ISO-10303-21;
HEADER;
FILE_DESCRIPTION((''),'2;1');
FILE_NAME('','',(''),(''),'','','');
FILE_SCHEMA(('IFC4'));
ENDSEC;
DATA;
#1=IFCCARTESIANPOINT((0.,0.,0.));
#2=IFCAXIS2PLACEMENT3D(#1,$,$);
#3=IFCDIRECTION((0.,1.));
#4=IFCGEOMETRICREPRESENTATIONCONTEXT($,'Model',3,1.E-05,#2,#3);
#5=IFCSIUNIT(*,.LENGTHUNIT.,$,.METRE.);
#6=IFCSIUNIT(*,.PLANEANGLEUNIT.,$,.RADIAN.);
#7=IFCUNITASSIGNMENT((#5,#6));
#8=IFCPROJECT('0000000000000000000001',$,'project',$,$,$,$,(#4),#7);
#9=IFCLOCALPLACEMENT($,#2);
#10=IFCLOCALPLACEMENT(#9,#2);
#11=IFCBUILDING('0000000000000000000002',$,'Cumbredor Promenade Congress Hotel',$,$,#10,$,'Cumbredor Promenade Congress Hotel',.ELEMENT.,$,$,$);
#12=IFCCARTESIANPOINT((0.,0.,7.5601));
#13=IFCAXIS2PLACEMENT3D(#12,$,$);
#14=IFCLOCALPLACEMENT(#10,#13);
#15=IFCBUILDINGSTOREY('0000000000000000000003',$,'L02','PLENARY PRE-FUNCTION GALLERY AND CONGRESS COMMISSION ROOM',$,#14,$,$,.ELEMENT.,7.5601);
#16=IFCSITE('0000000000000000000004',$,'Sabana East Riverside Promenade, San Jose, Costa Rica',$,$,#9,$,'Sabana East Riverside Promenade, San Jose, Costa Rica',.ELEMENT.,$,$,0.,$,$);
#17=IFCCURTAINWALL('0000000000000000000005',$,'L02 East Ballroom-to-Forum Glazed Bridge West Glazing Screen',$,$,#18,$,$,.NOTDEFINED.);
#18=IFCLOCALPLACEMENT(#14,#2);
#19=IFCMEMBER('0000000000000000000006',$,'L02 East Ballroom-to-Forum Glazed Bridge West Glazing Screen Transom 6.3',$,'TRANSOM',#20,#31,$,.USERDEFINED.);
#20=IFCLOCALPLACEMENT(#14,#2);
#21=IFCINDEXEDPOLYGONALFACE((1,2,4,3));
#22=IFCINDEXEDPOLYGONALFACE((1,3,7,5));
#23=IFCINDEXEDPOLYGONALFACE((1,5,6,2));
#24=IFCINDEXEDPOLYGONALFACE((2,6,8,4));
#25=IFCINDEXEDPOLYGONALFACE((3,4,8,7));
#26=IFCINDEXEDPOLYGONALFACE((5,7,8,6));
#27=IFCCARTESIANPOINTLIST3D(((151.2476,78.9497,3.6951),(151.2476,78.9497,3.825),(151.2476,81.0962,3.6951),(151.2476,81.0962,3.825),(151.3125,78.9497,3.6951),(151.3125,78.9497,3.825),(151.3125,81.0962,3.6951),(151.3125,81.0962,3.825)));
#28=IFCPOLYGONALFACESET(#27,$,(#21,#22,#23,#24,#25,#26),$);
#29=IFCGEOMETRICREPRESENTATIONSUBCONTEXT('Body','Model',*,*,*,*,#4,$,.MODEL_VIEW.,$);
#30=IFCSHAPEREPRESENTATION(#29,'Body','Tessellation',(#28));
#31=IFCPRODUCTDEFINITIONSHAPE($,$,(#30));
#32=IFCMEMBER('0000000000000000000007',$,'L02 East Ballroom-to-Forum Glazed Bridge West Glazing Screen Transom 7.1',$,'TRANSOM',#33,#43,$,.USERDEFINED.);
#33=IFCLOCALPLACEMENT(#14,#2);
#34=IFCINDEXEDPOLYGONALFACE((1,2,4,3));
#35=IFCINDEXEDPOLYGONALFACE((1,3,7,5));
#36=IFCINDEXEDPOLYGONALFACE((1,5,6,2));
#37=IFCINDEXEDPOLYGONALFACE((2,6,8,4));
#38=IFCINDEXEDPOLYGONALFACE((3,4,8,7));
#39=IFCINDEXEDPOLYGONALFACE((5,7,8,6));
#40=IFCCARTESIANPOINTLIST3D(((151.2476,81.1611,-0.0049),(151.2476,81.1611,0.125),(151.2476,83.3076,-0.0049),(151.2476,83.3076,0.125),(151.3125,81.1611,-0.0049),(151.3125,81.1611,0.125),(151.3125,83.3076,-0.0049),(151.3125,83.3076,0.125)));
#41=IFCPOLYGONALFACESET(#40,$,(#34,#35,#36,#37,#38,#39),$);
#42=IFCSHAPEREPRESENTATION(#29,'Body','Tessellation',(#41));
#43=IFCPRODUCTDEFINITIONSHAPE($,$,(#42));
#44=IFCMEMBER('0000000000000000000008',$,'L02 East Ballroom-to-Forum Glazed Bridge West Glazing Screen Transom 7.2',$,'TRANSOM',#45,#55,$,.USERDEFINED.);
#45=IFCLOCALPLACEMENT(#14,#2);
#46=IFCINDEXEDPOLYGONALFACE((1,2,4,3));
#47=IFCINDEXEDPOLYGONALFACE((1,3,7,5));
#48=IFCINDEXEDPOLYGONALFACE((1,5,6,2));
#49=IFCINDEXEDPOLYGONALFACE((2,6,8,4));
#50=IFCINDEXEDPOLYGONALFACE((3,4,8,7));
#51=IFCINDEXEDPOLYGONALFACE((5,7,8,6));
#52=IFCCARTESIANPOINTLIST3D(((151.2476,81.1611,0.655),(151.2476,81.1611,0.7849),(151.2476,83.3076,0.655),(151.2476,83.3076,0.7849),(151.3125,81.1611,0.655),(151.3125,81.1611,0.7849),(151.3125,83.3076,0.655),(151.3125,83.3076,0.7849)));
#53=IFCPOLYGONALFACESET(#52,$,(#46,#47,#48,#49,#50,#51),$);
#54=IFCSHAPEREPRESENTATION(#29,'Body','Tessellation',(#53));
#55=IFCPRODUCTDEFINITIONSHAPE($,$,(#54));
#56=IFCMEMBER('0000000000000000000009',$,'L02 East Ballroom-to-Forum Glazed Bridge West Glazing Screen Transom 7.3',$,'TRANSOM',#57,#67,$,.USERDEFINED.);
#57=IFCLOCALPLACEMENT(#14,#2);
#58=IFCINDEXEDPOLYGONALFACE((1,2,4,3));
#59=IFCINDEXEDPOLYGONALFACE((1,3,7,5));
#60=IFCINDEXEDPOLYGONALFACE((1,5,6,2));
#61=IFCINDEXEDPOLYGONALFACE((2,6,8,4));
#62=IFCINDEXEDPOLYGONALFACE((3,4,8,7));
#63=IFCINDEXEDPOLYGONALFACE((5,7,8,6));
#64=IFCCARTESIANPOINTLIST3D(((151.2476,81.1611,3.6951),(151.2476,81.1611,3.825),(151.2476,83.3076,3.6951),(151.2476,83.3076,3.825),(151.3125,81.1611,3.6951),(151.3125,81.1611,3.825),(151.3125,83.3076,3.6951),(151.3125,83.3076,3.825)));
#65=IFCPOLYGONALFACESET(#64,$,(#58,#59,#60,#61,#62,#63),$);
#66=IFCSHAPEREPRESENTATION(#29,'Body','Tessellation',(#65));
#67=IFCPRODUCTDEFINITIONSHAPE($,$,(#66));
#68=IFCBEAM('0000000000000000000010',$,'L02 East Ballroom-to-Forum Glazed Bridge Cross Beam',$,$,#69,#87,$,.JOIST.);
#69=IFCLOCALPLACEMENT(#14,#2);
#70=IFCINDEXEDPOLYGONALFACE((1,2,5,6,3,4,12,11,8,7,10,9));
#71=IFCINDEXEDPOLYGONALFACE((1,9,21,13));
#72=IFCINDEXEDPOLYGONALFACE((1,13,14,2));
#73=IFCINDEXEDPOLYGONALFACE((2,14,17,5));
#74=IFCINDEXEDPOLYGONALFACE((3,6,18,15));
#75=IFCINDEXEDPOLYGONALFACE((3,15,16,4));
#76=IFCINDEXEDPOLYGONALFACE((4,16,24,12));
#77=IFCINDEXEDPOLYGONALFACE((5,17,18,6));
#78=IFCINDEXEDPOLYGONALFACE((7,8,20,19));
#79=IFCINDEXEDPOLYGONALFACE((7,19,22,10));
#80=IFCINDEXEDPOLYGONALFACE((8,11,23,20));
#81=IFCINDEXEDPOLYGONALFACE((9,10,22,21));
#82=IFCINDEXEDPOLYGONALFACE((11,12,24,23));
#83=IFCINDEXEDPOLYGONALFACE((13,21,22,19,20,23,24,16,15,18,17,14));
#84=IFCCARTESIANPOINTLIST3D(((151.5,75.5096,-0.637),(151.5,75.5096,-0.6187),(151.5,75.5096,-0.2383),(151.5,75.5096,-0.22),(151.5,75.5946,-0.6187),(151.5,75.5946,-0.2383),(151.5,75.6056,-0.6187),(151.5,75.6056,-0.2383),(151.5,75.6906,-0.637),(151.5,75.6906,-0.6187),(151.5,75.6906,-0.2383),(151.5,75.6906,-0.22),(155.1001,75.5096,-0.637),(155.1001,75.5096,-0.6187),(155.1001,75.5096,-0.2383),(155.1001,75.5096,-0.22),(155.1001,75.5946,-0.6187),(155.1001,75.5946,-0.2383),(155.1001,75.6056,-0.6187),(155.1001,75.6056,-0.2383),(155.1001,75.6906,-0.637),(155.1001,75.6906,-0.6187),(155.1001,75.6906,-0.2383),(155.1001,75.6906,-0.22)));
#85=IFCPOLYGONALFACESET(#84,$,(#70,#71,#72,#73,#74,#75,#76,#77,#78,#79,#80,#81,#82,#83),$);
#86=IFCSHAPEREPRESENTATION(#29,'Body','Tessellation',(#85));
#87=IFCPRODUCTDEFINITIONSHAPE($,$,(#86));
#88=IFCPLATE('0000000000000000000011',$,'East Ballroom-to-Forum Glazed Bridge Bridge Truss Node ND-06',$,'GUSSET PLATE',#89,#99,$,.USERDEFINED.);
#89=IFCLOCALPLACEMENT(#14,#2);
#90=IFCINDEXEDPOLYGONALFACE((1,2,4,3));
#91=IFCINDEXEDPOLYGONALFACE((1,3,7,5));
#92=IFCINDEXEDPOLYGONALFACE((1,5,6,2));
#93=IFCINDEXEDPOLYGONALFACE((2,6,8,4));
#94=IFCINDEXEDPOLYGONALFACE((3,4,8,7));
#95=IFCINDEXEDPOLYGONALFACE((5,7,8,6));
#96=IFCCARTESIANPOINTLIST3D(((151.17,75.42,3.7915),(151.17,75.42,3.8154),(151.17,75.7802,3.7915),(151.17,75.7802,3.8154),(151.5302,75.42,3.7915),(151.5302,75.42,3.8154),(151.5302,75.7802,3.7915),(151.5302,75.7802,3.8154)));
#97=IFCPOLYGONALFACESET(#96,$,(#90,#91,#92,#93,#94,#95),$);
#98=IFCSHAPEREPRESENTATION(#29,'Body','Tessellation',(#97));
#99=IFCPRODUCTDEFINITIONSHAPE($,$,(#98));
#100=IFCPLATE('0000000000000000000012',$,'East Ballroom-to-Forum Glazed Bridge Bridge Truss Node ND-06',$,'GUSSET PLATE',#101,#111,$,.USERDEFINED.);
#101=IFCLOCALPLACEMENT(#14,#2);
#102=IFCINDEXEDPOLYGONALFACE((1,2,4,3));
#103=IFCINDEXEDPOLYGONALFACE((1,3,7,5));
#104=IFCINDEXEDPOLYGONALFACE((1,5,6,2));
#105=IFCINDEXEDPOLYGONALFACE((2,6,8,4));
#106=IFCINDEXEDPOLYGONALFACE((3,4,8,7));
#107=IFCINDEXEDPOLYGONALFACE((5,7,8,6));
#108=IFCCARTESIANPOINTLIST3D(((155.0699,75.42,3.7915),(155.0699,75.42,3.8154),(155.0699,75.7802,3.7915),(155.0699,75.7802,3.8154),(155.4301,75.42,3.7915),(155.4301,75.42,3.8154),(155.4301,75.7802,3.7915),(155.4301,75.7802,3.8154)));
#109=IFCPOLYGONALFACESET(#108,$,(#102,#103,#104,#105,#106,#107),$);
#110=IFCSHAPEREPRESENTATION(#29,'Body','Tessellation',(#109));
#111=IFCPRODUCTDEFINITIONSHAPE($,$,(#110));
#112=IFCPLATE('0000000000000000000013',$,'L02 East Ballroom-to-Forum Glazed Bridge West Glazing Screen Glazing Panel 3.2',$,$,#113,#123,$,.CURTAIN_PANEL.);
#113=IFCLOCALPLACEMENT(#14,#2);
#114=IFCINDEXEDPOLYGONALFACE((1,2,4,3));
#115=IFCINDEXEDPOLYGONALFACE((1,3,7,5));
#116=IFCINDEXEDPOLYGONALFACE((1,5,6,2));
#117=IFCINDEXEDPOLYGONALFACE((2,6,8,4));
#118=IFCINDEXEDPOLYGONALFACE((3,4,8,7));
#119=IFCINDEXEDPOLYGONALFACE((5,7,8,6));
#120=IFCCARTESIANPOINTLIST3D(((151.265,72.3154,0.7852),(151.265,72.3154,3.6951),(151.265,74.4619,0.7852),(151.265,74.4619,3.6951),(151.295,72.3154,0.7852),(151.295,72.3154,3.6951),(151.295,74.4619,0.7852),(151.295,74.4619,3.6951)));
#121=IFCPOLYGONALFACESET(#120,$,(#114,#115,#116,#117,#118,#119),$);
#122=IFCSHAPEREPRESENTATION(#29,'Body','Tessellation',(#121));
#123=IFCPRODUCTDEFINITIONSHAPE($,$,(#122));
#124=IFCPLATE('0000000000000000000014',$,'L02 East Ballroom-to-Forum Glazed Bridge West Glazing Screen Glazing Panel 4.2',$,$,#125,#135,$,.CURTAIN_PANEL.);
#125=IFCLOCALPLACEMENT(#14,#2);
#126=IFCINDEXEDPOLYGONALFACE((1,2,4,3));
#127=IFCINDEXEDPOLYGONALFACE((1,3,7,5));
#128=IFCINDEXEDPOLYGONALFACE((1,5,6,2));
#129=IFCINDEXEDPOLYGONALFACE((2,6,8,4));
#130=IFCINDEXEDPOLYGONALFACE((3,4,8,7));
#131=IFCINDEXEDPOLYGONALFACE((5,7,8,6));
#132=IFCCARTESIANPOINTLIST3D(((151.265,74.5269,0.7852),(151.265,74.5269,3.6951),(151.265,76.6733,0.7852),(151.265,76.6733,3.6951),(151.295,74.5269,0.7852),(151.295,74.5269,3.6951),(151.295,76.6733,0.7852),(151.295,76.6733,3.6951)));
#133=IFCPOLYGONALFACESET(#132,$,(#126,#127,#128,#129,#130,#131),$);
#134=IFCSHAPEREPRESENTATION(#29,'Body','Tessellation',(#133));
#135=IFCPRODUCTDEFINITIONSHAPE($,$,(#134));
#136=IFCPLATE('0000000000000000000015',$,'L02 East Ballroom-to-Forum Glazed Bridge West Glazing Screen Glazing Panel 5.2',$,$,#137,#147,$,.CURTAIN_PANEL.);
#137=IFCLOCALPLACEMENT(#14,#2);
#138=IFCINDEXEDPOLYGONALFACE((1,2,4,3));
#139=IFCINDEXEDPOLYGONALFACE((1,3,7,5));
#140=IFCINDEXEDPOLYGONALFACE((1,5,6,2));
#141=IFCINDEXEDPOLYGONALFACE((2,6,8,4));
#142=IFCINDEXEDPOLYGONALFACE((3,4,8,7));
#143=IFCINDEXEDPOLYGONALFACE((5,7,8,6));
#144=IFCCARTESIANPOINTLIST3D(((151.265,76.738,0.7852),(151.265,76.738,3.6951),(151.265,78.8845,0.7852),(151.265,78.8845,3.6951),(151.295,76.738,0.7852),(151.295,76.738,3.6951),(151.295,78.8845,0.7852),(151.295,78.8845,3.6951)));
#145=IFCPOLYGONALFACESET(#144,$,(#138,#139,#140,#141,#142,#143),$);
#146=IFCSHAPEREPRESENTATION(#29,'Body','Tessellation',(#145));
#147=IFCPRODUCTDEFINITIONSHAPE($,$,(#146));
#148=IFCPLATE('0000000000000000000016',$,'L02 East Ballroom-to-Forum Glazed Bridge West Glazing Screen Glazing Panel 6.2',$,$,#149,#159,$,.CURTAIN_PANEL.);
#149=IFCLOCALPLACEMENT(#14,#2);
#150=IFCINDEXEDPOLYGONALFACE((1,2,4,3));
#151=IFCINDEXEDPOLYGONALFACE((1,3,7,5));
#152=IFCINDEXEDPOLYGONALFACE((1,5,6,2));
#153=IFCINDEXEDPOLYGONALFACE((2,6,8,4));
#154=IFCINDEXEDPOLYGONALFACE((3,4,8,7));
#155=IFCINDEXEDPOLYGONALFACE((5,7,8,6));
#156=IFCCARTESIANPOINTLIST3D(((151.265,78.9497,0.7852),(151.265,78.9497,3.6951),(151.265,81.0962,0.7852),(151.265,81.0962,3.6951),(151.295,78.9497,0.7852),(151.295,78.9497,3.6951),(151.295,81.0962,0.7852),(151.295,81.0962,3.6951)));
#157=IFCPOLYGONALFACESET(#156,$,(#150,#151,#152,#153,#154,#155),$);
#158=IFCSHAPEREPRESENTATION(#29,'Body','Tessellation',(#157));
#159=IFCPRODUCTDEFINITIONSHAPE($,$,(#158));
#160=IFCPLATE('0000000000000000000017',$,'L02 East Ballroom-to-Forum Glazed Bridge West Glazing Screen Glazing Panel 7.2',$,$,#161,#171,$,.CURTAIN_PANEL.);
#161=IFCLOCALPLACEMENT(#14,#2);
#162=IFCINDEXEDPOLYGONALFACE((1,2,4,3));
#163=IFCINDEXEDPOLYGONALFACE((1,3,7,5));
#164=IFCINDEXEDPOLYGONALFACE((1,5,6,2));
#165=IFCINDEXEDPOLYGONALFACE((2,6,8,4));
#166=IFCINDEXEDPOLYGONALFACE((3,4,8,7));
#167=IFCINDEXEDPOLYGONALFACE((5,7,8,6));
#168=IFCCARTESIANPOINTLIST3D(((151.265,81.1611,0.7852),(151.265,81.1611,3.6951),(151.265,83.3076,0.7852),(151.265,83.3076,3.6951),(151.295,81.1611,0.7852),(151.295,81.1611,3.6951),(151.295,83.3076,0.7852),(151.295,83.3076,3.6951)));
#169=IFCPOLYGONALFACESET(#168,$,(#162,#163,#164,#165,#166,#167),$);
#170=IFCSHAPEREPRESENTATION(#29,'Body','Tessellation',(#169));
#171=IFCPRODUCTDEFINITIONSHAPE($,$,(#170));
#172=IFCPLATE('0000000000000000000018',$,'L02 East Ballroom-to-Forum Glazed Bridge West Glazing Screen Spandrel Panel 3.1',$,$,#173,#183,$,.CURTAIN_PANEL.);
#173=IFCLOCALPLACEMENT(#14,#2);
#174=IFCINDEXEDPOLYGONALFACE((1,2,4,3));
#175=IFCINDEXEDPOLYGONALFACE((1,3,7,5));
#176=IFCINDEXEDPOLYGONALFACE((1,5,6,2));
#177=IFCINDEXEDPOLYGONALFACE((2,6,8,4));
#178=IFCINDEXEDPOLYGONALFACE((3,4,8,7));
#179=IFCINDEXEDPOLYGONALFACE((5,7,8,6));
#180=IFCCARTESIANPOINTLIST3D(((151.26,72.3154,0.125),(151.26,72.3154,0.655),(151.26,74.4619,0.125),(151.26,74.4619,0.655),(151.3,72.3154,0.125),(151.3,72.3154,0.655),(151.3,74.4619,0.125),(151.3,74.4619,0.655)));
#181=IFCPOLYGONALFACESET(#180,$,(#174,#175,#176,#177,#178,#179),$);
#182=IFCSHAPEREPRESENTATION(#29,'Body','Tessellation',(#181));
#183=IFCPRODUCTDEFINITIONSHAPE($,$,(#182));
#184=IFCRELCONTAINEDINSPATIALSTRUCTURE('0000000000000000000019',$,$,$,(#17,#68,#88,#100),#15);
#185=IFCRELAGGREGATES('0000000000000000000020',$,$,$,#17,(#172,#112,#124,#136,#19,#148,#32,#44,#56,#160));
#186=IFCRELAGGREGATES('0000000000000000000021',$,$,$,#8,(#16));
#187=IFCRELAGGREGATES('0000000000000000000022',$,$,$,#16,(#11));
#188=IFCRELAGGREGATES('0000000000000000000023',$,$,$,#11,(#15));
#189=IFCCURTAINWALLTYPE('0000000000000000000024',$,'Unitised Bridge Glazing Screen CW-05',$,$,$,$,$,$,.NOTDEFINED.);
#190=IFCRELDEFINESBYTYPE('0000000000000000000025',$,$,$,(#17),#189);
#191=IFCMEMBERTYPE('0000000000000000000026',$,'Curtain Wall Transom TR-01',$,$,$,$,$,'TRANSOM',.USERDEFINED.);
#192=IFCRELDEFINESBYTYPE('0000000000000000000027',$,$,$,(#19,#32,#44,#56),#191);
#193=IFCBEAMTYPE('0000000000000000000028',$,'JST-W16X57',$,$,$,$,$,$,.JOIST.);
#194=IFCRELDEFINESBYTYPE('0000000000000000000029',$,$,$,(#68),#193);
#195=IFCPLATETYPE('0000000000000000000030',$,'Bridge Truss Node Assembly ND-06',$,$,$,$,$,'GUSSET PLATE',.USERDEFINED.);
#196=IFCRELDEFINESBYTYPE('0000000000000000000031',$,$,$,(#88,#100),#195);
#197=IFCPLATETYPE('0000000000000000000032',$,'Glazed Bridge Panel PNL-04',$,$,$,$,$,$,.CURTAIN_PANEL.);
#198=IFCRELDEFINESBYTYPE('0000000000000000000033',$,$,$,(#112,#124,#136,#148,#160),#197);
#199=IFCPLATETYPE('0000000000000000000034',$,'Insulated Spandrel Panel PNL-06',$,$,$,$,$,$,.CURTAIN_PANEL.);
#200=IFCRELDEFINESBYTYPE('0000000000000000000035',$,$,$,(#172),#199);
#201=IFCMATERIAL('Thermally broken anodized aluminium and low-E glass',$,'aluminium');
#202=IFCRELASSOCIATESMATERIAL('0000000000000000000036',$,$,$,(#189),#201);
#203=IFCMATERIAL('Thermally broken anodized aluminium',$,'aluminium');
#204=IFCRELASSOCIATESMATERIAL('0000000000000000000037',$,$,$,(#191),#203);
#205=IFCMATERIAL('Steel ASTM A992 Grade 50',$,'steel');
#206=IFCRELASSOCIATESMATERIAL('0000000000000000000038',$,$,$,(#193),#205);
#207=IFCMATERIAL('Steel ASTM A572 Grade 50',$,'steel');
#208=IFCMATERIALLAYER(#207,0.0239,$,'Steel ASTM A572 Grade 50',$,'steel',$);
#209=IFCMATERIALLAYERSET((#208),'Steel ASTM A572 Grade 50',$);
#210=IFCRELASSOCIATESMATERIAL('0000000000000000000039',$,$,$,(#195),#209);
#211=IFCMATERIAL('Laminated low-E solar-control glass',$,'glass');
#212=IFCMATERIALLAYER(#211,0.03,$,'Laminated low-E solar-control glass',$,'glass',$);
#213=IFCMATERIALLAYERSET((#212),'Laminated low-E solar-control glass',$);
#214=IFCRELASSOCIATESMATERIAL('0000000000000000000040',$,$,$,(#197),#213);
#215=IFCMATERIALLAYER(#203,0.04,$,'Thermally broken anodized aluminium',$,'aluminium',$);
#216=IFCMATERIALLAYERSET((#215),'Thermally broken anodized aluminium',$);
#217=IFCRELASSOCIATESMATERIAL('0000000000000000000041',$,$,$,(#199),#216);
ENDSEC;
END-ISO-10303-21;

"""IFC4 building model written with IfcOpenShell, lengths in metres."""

from ifc_helpers import new_model, si_unit, direction, frame, origin, origin_2d, place, context, subcontext, project, spatial, rectangle, i_section, extrude, material, layer, layer_set, material_profile, profile_set, type_object, element, aggregate, save


model = new_model("IFC4")

# Units and contexts
model_context = context("Model", 3, precision=1e-05, world=origin(), true_north=direction((0.0, 1.0)))
body_context = subcontext(model_context, "Body", "Model", "MODEL_VIEW")
ifc_project = project(units=[si_unit("LENGTHUNIT", "METRE"), si_unit("PLANEANGLEUNIT", "RADIAN")], contexts=[model_context])

# Site, building, storey
site_placement = place(None, origin())
site = spatial("IfcSite", under=ifc_project, at=site_placement, Name="Sabana East Riverside Promenade, San Jose, Costa Rica", LongName="Sabana East Riverside Promenade, San Jose, Costa Rica", CompositionType="ELEMENT", RefElevation=0.0)
building_placement = place(site_placement, origin())
building = spatial("IfcBuilding", under=site, at=building_placement, Name="Cumbredor Promenade Congress Hotel", LongName="Cumbredor Promenade Congress Hotel", CompositionType="ELEMENT")
storey_placement = place(building_placement, frame((0.0, 0.0, 7.5601)))
storey = spatial("IfcBuildingStorey", under=building, at=storey_placement, Name="L02", Description="PLENARY PRE-FUNCTION GALLERY AND CONGRESS COMMISSION ROOM", CompositionType="ELEMENT", Elevation=7.5601)

# Curtain wall, members
ifc_material_1 = material(Name="Thermally broken anodized aluminium and low-E glass", Category="aluminium")
curtain_wall_type = type_object("IfcCurtainWallType", Name="Unitised Bridge Glazing Screen CW-05", PredefinedType="NOTDEFINED", material=ifc_material_1)
curtain_wall_placement = place(storey_placement, origin())
curtain_wall = element("IfcCurtainWall", 1, at=curtain_wall_placement, inside=storey, type_object=curtain_wall_type, Name="L02 East Ballroom-to-Forum Glazed Bridge West Glazing Screen", PredefinedType="NOTDEFINED")
ifc_material_2 = material(Name="Thermally broken anodized aluminium", Category="aluminium")
ifc_material_profile_1 = material_profile(ifc_material_2, rectangle(XDim=0.0649, YDim=0.1299, at=origin_2d()), Name="ALU TRANSOM 65x130")
ifc_profile_set_1 = profile_set([ifc_material_profile_1], Name="Thermally broken anodized aluminium")
member_type_1 = type_object("IfcMemberType", Name="Curtain Wall Transom TR-01", ElementType="TRANSOM", PredefinedType="USERDEFINED", material=ifc_profile_set_1)
member_1_placement = place(storey_placement, frame((151.28, 78.9497, 3.76), z_axis=(0.0, 1.0, 0.0), x_axis=(-1.0, 0.0, 0.0)))
member_1 = element("IfcMember", 2, at=member_1_placement, type_object=member_type_1, Name="L02 East Ballroom-to-Forum Glazed Bridge West Glazing Screen Transom 6.3", ObjectType="TRANSOM", PredefinedType="USERDEFINED", context=body_context, shape_type="SweptSolid", body=[
    extrude(rectangle(XDim=0.0649, YDim=0.1299, at=origin_2d()), origin(), (0.0, 0.0, 1.0), 2.1465),
])
member_2_placement = place(storey_placement, frame((151.28, 81.1611, 0.0601), z_axis=(0.0, 1.0, 0.0), x_axis=(-1.0, 0.0, 0.0)))
member_2 = element("IfcMember", 3, at=member_2_placement, type_object=member_type_1, Name="L02 East Ballroom-to-Forum Glazed Bridge West Glazing Screen Transom 7.1", ObjectType="TRANSOM", PredefinedType="USERDEFINED", context=body_context, shape_type="SweptSolid", body=[
    extrude(rectangle(XDim=0.0649, YDim=0.1299, at=origin_2d()), origin(), (0.0, 0.0, 1.0), 2.1465),
])
member_3_placement = place(storey_placement, frame((151.28, 81.1611, 0.72), z_axis=(0.0, 1.0, 0.0), x_axis=(-1.0, 0.0, 0.0)))
member_3 = element("IfcMember", 4, at=member_3_placement, type_object=member_type_1, Name="L02 East Ballroom-to-Forum Glazed Bridge West Glazing Screen Transom 7.2", ObjectType="TRANSOM", PredefinedType="USERDEFINED", context=body_context, shape_type="SweptSolid", body=[
    extrude(rectangle(XDim=0.0649, YDim=0.1299, at=origin_2d()), origin(), (0.0, 0.0, 1.0), 2.1465),
])
member_4_placement = place(storey_placement, frame((151.28, 81.1611, 3.76), z_axis=(0.0, 1.0, 0.0), x_axis=(-1.0, 0.0, 0.0)))
member_4 = element("IfcMember", 5, at=member_4_placement, type_object=member_type_1, Name="L02 East Ballroom-to-Forum Glazed Bridge West Glazing Screen Transom 7.3", ObjectType="TRANSOM", PredefinedType="USERDEFINED", context=body_context, shape_type="SweptSolid", body=[
    extrude(rectangle(XDim=0.0649, YDim=0.1299, at=origin_2d()), origin(), (0.0, 0.0, 1.0), 2.1465),
])

# Beam
ifc_material_3 = material(Name="Steel ASTM A992 Grade 50", Category="steel")
ifc_material_profile_2 = material_profile(ifc_material_3, i_section(OverallWidth=0.1809, OverallDepth=0.417, WebThickness=0.011, FlangeThickness=0.0183, at=origin_2d()), Name="W16X57")
ifc_profile_set_2 = profile_set([ifc_material_profile_2], Name="Steel ASTM A992 Grade 50")
beam_type = type_object("IfcBeamType", Name="JST-W16X57", PredefinedType="JOIST", material=ifc_profile_set_2)
beam_placement = place(storey_placement, frame((151.5, 75.6001, -0.4285), z_axis=(1.0, 0.0, 0.0), x_axis=(0.0, 1.0, 0.0)))
element("IfcBeam", 6, at=beam_placement, inside=storey, type_object=beam_type, Name="L02 East Ballroom-to-Forum Glazed Bridge Cross Beam", PredefinedType="JOIST", context=body_context, shape_type="SweptSolid", body=[
    extrude(i_section(OverallWidth=0.1809, OverallDepth=0.417, WebThickness=0.011, FlangeThickness=0.0183, at=origin_2d()), origin(), (0.0, 0.0, 1.0), 3.6001),
])

# Plates
ifc_material_4 = material(Name="Steel ASTM A572 Grade 50", Category="steel")
ifc_layer_1 = layer(ifc_material_4, 0.0239, Name="Steel ASTM A572 Grade 50", Category="steel")
ifc_layer_set_1 = layer_set([ifc_layer_1], Name="Steel ASTM A572 Grade 50")
plate_type_1 = type_object("IfcPlateType", Name="Bridge Truss Node Assembly ND-06", ElementType="GUSSET PLATE", PredefinedType="USERDEFINED", material=ifc_layer_set_1)
for number, where, z_axis, x_axis, name in (
    (7, (151.3501, 75.6001, 3.7915), (0.0, 0.0, 1.0), (1.0, 0.0, 0.0), "East Ballroom-to-Forum Glazed Bridge Bridge Truss Node ND-06"),
    (8, (155.25, 75.6001, 3.7915), (0.0, 0.0, 1.0), (1.0, 0.0, 0.0), "East Ballroom-to-Forum Glazed Bridge Bridge Truss Node ND-06"),
):
    element("IfcPlate", number, at=place(storey_placement, frame(where, z_axis=z_axis, x_axis=x_axis)), inside=storey, type_object=plate_type_1, Name=name, ObjectType="GUSSET PLATE", PredefinedType="USERDEFINED", context=body_context, shape_type="SweptSolid", body=[
        extrude(rectangle(XDim=0.3601, YDim=0.3601, at=origin_2d()), origin(), (0.0, 0.0, 1.0), 0.0239),
    ])

# Plates
ifc_material_5 = material(Name="Laminated low-E solar-control glass", Category="glass")
ifc_layer_2 = layer(ifc_material_5, 0.03, Name="Laminated low-E solar-control glass", Category="glass")
ifc_layer_set_2 = layer_set([ifc_layer_2], Name="Laminated low-E solar-control glass")
plate_type_2 = type_object("IfcPlateType", Name="Glazed Bridge Panel PNL-04", PredefinedType="CURTAIN_PANEL", material=ifc_layer_set_2)
plate_1_placement = place(storey_placement, frame((151.28, 73.3887, 0.7852), z_axis=(0.0, 0.0, 1.0), x_axis=(0.0, 1.0, 0.0)))
plate_1 = element("IfcPlate", 9, at=plate_1_placement, type_object=plate_type_2, Name="L02 East Ballroom-to-Forum Glazed Bridge West Glazing Screen Glazing Panel 3.2", PredefinedType="CURTAIN_PANEL", context=body_context, shape_type="SweptSolid", body=[
    extrude(rectangle(XDim=2.1465, YDim=0.03, at=origin_2d()), origin(), (0.0, 0.0, 1.0), 2.9099),
])
plate_2_placement = place(storey_placement, frame((151.28, 75.6001, 0.7852), z_axis=(0.0, 0.0, 1.0), x_axis=(0.0, 1.0, 0.0)))
plate_2 = element("IfcPlate", 10, at=plate_2_placement, type_object=plate_type_2, Name="L02 East Ballroom-to-Forum Glazed Bridge West Glazing Screen Glazing Panel 4.2", PredefinedType="CURTAIN_PANEL", context=body_context, shape_type="SweptSolid", body=[
    extrude(rectangle(XDim=2.1465, YDim=0.03, at=origin_2d()), origin(), (0.0, 0.0, 1.0), 2.9099),
])
plate_3_placement = place(storey_placement, frame((151.28, 77.8113, 0.7852), z_axis=(0.0, 0.0, 1.0), x_axis=(0.0, 1.0, 0.0)))
plate_3 = element("IfcPlate", 11, at=plate_3_placement, type_object=plate_type_2, Name="L02 East Ballroom-to-Forum Glazed Bridge West Glazing Screen Glazing Panel 5.2", PredefinedType="CURTAIN_PANEL", context=body_context, shape_type="SweptSolid", body=[
    extrude(rectangle(XDim=2.1465, YDim=0.03, at=origin_2d()), origin(), (0.0, 0.0, 1.0), 2.9099),
])
plate_4_placement = place(storey_placement, frame((151.28, 80.0229, 0.7852), z_axis=(0.0, 0.0, 1.0), x_axis=(0.0, 1.0, 0.0)))
plate_4 = element("IfcPlate", 12, at=plate_4_placement, type_object=plate_type_2, Name="L02 East Ballroom-to-Forum Glazed Bridge West Glazing Screen Glazing Panel 6.2", PredefinedType="CURTAIN_PANEL", context=body_context, shape_type="SweptSolid", body=[
    extrude(rectangle(XDim=2.1465, YDim=0.03, at=origin_2d()), origin(), (0.0, 0.0, 1.0), 2.9099),
])
plate_5_placement = place(storey_placement, frame((151.28, 82.2344, 0.7852), z_axis=(0.0, 0.0, 1.0), x_axis=(0.0, 1.0, 0.0)))
plate_5 = element("IfcPlate", 13, at=plate_5_placement, type_object=plate_type_2, Name="L02 East Ballroom-to-Forum Glazed Bridge West Glazing Screen Glazing Panel 7.2", PredefinedType="CURTAIN_PANEL", context=body_context, shape_type="SweptSolid", body=[
    extrude(rectangle(XDim=2.1465, YDim=0.03, at=origin_2d()), origin(), (0.0, 0.0, 1.0), 2.9099),
])
ifc_layer_3 = layer(ifc_material_2, 0.04, Name="Thermally broken anodized aluminium", Category="aluminium")
ifc_layer_set_3 = layer_set([ifc_layer_3], Name="Thermally broken anodized aluminium")
plate_type_3 = type_object("IfcPlateType", Name="Insulated Spandrel Panel PNL-06", PredefinedType="CURTAIN_PANEL", material=ifc_layer_set_3)
plate_6_placement = place(storey_placement, frame((151.28, 73.3887, 0.125), z_axis=(0.0, 0.0, 1.0), x_axis=(0.0, 1.0, 0.0)))
plate_6 = element("IfcPlate", 14, at=plate_6_placement, type_object=plate_type_3, Name="L02 East Ballroom-to-Forum Glazed Bridge West Glazing Screen Spandrel Panel 3.1", PredefinedType="CURTAIN_PANEL", context=body_context, shape_type="SweptSolid", body=[
    extrude(rectangle(XDim=2.1465, YDim=0.04, at=origin_2d()), origin(), (0.0, 0.0, 1.0), 0.53),
])
aggregate(curtain_wall, [plate_6, plate_1, plate_2, plate_3, member_1, plate_4, member_2, member_3, member_4, plate_5])

save(model, "model.ifc")
